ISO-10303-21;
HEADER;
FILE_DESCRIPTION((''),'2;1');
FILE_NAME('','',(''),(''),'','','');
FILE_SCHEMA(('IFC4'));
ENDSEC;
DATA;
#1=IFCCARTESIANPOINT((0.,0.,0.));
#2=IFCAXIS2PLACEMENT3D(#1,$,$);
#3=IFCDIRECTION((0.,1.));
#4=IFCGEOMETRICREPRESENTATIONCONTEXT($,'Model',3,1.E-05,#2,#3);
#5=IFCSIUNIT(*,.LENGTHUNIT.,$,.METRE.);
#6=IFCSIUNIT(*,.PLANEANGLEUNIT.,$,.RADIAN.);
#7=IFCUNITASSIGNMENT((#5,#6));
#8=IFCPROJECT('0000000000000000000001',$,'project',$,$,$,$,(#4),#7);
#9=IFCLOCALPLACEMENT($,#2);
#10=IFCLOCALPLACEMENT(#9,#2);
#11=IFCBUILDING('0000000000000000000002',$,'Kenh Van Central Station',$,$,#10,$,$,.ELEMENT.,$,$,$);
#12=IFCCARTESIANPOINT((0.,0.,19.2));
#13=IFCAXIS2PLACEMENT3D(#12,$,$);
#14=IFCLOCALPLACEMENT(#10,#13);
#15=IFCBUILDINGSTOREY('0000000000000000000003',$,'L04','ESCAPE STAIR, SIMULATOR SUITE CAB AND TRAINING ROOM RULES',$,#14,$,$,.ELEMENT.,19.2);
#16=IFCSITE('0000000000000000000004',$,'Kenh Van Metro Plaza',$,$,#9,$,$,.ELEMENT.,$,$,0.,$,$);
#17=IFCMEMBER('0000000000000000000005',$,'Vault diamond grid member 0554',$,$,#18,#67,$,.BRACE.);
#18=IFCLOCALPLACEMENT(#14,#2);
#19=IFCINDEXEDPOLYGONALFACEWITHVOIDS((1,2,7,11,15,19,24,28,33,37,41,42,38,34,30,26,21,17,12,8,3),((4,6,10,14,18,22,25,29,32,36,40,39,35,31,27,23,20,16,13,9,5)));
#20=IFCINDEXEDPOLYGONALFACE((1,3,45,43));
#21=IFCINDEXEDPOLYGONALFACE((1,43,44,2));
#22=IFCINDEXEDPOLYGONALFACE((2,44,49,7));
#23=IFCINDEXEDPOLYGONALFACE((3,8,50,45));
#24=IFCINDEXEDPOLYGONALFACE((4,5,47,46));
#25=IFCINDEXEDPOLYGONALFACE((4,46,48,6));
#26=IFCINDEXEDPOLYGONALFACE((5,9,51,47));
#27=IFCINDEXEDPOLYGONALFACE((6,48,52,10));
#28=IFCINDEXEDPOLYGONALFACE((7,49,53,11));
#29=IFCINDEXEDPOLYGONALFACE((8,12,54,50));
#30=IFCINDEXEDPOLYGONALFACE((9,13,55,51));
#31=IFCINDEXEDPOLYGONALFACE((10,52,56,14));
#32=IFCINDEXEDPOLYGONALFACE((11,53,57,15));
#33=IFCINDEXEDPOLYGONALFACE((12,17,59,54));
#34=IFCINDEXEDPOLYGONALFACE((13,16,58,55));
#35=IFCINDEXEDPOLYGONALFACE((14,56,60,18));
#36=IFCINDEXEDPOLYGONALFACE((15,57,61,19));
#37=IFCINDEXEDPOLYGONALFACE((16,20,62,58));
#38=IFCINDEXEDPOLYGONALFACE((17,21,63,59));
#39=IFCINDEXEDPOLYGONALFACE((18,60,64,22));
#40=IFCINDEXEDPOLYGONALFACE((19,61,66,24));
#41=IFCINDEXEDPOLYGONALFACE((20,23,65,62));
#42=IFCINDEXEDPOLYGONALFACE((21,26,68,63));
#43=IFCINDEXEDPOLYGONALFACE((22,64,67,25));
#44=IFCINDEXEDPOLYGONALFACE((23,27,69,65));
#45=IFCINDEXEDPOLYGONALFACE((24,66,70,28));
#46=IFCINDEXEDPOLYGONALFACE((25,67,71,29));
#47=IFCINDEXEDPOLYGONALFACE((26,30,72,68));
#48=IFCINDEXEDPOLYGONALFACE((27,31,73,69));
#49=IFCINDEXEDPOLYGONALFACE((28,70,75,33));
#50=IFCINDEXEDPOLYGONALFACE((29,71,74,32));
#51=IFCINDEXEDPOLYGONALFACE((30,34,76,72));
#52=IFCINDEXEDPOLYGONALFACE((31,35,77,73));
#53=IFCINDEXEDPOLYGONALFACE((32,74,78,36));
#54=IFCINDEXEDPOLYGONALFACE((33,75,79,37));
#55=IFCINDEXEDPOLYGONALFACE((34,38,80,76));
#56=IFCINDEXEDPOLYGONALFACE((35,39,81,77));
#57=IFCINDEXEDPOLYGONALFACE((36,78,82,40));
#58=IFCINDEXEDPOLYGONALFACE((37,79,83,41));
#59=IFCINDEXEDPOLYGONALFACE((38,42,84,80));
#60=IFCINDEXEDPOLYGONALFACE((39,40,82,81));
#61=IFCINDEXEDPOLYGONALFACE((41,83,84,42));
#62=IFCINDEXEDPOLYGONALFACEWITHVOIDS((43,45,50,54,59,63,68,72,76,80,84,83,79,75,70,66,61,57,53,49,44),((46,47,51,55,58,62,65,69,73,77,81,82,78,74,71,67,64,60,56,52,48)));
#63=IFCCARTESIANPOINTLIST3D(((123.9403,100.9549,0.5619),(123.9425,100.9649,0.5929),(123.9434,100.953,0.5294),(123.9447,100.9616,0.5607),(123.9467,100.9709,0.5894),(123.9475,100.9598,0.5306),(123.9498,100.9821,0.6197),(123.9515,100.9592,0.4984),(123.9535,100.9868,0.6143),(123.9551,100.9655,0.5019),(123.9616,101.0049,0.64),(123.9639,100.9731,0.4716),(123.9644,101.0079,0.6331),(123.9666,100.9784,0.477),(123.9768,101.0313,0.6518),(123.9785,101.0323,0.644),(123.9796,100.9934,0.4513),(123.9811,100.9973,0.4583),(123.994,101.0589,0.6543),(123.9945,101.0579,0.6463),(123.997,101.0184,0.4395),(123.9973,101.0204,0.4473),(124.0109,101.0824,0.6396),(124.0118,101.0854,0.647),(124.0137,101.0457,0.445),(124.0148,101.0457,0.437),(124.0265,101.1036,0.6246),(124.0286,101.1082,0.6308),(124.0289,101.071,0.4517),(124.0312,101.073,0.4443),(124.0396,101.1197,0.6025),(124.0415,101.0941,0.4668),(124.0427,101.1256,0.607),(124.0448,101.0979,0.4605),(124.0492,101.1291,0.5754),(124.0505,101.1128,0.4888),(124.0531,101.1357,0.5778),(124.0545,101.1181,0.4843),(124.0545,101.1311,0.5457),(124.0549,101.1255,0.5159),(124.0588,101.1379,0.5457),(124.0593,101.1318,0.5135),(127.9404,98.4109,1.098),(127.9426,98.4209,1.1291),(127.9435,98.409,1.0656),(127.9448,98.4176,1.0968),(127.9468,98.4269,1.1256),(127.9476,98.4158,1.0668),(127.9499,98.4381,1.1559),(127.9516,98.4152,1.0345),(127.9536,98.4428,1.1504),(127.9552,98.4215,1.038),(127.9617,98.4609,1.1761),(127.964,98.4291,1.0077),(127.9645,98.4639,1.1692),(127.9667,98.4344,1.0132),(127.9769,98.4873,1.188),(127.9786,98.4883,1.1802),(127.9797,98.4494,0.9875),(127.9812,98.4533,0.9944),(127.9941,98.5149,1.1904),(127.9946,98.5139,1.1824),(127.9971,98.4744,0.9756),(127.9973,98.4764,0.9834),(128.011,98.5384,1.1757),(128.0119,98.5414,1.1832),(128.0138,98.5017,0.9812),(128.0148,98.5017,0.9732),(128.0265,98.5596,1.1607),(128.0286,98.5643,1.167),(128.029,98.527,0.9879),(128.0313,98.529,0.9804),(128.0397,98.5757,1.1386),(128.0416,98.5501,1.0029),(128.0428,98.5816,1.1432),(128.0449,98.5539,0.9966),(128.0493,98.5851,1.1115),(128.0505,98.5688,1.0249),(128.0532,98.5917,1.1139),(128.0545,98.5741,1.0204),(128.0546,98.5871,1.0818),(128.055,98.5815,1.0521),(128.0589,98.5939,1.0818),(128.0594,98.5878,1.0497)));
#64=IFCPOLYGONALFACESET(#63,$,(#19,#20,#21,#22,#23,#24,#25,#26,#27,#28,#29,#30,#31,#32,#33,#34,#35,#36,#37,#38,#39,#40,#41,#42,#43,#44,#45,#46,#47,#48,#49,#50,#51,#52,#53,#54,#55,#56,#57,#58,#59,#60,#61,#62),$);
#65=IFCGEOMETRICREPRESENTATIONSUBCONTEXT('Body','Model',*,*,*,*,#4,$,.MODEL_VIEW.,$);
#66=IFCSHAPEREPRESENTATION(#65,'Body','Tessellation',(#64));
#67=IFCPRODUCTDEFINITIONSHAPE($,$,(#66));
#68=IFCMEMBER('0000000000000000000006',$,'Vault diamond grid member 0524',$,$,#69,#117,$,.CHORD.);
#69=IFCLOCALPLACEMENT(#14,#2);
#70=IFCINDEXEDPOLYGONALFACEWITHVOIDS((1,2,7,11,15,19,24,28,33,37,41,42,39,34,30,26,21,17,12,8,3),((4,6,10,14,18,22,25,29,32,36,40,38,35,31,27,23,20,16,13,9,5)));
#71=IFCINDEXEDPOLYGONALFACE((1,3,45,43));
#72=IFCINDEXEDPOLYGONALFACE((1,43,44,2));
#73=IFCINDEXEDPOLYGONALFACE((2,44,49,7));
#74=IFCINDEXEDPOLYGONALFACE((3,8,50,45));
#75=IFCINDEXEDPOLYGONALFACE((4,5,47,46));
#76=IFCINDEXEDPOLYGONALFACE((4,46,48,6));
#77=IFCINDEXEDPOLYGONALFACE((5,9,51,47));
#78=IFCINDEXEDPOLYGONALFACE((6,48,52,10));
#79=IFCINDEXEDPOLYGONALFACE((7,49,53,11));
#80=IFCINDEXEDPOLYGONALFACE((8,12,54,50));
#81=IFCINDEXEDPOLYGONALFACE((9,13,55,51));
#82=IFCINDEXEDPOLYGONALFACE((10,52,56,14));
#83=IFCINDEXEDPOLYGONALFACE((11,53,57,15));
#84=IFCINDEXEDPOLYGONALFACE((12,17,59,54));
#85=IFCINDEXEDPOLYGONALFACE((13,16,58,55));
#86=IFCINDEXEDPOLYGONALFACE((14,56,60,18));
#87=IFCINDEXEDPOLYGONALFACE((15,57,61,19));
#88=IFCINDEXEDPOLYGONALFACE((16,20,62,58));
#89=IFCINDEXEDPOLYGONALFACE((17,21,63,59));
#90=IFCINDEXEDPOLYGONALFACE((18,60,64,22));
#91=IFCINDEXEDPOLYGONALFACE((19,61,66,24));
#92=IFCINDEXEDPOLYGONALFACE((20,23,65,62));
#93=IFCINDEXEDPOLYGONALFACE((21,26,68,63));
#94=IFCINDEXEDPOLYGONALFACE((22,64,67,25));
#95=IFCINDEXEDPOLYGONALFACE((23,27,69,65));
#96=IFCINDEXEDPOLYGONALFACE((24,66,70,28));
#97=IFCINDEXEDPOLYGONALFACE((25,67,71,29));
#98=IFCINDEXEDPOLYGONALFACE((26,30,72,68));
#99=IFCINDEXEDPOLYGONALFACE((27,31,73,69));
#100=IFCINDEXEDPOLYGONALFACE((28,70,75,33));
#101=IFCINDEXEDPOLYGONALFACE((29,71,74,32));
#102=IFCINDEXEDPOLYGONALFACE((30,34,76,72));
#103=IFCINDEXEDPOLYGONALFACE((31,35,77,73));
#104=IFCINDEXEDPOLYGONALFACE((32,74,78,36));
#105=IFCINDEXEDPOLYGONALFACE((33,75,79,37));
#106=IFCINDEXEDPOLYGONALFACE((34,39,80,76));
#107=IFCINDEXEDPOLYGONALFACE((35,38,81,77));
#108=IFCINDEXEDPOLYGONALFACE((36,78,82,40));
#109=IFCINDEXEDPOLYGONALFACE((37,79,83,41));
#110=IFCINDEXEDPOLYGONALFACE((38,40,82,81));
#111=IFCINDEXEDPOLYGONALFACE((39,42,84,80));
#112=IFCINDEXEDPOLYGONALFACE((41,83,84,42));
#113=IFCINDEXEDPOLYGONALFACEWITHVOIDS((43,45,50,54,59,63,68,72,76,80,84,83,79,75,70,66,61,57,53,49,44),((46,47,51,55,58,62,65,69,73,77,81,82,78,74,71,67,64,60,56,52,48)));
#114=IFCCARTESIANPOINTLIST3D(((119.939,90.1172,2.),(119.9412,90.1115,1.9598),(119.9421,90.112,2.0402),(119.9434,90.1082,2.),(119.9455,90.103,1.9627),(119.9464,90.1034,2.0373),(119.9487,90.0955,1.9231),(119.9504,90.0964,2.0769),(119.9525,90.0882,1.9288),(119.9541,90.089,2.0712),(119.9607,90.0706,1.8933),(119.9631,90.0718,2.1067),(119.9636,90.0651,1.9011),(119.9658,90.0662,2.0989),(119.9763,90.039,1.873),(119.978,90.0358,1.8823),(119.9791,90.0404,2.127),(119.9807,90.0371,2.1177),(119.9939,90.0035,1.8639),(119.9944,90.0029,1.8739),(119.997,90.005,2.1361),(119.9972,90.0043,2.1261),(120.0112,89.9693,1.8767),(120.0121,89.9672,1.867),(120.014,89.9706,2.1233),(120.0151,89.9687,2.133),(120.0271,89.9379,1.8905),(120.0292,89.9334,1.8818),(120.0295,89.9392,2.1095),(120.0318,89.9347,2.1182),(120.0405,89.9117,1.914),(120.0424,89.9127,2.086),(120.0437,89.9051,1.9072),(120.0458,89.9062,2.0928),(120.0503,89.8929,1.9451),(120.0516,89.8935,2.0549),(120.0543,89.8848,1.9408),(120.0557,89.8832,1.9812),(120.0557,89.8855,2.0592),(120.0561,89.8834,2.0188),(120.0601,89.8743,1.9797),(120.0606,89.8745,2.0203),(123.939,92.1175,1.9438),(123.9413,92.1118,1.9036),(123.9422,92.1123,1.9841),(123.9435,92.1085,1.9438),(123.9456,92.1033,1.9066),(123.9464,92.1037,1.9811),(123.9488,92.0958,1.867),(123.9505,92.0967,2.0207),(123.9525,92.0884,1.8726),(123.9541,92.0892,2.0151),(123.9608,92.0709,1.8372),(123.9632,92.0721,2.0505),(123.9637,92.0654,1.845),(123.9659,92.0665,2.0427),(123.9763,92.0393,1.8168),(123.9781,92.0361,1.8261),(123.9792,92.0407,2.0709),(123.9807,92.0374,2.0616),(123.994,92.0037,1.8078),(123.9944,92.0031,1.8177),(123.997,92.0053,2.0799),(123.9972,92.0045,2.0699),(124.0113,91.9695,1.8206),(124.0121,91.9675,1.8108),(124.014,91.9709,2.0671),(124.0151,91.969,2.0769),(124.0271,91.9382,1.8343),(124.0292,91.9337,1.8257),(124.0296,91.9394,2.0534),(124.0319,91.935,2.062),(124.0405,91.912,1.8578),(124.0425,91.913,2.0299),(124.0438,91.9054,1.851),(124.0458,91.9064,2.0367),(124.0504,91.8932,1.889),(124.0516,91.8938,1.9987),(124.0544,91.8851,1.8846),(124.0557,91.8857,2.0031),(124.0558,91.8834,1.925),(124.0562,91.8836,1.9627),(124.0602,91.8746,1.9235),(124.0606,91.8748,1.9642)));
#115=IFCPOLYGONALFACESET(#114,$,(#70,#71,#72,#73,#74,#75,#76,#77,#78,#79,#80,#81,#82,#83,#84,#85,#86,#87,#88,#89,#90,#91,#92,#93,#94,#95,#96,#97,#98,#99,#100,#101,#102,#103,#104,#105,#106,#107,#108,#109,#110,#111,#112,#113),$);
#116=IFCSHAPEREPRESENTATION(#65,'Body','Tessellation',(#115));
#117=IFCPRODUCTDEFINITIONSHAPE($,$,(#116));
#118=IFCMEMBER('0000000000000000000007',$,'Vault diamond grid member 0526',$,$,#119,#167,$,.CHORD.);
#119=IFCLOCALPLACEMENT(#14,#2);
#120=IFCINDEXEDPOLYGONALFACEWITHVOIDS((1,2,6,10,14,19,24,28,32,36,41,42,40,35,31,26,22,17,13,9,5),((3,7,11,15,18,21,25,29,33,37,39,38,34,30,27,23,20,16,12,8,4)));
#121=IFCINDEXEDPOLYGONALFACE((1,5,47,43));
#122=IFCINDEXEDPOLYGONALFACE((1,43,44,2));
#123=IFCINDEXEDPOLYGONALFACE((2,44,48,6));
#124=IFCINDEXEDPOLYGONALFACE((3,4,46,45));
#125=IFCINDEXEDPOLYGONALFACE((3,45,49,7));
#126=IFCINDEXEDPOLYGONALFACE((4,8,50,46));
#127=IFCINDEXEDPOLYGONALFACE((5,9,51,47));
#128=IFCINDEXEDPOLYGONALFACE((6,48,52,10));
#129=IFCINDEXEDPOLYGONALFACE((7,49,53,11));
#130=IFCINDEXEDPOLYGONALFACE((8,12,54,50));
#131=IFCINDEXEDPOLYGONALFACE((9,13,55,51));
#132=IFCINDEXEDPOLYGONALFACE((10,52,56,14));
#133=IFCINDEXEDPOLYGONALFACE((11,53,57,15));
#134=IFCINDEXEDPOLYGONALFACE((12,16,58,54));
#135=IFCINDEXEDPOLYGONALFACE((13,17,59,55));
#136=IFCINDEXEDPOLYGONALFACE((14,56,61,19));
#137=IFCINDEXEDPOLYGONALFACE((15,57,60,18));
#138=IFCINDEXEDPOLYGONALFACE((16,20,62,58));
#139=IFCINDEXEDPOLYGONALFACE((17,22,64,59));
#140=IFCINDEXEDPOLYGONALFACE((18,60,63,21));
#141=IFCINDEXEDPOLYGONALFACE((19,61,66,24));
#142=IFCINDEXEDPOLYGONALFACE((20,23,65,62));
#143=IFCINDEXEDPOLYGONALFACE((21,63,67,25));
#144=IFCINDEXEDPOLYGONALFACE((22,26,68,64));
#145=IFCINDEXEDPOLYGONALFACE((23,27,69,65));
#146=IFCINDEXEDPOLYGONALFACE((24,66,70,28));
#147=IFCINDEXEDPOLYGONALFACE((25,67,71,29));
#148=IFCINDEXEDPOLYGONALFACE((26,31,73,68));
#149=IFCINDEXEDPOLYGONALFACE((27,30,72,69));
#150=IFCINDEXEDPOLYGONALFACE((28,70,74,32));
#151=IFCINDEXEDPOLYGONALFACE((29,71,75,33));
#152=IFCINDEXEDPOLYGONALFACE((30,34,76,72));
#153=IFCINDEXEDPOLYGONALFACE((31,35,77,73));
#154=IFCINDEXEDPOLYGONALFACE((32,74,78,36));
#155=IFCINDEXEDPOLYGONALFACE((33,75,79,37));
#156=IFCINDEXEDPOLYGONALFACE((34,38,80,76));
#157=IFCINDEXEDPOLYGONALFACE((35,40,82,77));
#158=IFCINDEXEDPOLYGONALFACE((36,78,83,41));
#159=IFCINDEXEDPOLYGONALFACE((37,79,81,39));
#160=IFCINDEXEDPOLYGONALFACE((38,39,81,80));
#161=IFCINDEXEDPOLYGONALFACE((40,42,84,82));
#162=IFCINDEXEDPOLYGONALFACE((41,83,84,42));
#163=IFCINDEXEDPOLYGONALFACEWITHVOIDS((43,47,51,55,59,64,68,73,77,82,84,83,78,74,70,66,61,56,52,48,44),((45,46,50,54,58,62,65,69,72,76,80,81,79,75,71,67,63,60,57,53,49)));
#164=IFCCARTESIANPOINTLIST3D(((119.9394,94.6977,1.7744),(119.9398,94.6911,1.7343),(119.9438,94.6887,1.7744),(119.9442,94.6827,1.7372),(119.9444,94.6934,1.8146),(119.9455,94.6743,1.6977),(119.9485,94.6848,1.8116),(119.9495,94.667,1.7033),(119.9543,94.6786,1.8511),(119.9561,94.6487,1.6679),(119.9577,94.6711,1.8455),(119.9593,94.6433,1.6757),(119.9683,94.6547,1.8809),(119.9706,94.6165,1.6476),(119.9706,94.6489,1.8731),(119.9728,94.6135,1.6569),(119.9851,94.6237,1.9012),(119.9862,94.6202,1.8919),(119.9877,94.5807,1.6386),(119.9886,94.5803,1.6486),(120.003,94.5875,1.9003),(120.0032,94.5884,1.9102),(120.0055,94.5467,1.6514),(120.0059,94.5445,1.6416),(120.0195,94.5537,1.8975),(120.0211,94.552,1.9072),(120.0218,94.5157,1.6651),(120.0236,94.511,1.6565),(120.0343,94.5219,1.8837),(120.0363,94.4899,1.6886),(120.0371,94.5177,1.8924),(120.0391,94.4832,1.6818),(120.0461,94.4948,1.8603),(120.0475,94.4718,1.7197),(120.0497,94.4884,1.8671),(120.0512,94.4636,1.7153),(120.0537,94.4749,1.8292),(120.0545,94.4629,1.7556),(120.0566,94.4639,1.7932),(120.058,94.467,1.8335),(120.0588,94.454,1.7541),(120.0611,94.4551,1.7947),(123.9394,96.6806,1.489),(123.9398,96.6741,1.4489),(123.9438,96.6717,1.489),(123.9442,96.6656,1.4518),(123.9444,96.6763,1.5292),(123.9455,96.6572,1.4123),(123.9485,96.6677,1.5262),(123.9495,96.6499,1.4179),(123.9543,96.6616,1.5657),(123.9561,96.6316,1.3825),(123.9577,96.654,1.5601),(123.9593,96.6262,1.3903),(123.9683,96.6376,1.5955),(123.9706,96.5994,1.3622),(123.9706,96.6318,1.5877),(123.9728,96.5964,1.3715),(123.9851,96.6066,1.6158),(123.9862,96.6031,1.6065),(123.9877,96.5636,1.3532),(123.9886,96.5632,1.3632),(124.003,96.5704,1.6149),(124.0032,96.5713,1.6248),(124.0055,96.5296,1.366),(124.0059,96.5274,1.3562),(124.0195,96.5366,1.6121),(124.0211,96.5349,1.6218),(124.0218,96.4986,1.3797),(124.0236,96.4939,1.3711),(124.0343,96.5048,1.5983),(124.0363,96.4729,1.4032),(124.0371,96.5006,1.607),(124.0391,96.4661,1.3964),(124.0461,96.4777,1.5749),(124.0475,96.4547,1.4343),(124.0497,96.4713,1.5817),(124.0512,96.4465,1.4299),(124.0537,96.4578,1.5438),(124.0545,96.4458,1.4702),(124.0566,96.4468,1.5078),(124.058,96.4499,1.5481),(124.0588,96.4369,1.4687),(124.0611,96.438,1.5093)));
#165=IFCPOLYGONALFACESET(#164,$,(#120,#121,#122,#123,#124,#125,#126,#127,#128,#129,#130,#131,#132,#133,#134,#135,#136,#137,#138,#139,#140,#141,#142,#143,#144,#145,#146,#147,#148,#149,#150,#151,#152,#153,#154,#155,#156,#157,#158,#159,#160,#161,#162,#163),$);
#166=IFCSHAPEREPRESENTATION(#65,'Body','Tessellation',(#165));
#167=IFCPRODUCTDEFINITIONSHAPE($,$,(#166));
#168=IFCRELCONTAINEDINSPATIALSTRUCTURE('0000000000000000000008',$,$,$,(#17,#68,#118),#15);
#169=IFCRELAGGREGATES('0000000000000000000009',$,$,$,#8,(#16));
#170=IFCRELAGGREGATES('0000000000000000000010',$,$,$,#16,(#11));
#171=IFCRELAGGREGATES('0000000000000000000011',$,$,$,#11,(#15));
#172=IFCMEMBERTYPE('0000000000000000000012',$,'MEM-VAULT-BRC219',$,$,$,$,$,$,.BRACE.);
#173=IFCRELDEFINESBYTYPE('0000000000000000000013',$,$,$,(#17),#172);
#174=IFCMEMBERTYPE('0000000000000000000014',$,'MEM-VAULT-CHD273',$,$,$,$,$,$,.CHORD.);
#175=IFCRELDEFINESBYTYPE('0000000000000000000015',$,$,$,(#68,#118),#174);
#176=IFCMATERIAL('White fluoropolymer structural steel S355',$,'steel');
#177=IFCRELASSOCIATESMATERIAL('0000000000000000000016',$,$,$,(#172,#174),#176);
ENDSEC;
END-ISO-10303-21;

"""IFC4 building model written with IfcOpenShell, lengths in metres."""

from ifc_helpers import new_model, si_unit, direction, frame, origin, origin_2d, place, context, subcontext, project, spatial, hollow_circle, extrude, material, material_profile, profile_set, type_object, element, save


model = new_model("IFC4")

# Units and contexts
model_context = context("Model", 3, precision=1e-05, world=origin(), true_north=direction((0.0, 1.0)))
body_context = subcontext(model_context, "Body", "Model", "MODEL_VIEW")
ifc_project = project(units=[si_unit("LENGTHUNIT", "METRE"), si_unit("PLANEANGLEUNIT", "RADIAN")], contexts=[model_context])

# Site, building, storey
site_placement = place(None, origin())
site = spatial("IfcSite", under=ifc_project, at=site_placement, Name="Kenh Van Metro Plaza", CompositionType="ELEMENT", RefElevation=0.0)
building_placement = place(site_placement, origin())
building = spatial("IfcBuilding", under=site, at=building_placement, Name="Kenh Van Central Station", CompositionType="ELEMENT")
storey_placement = place(building_placement, frame((0.0, 0.0, 19.2)))
storey = spatial("IfcBuildingStorey", under=building, at=storey_placement, Name="L04", Description="ESCAPE STAIR, SIMULATOR SUITE CAB AND TRAINING ROOM RULES", CompositionType="ELEMENT", Elevation=19.2)

# Shared definitions
ifc_material_1 = material(Name="White fluoropolymer structural steel S355", Category="steel")

# Members
ifc_material_profile_1 = material_profile(ifc_material_1, hollow_circle(Radius=0.1096, WallThickness=0.0081, at=origin_2d()), Name="CHS 219.1x8")
ifc_profile_set_1 = profile_set([ifc_material_profile_1], Name="White fluoropolymer structural steel S355")
member_type_1 = type_object("IfcMemberType", Name="MEM-VAULT-BRC219", PredefinedType="BRACE", material=ifc_profile_set_1)
member_1_placement = place(storey_placement, frame((124.0, 101.0454, 0.5457), z_axis=(0.83846, -0.533249, 0.112382), x_axis=(0.536649, 0.843806, 0.0)))
element("IfcMember", 1, at=member_1_placement, inside=storey, type_object=member_type_1, Name="Vault diamond grid member 0554", PredefinedType="BRACE", context=body_context, shape_type="SweptSolid", body=[
    extrude(hollow_circle(Radius=0.1096, WallThickness=0.0081, at=origin_2d()), origin(), (0.0, 0.0, 1.0), 4.7708),
])
ifc_material_profile_2 = material_profile(ifc_material_1, hollow_circle(Radius=0.1365, WallThickness=0.01, at=origin_2d()), Name="CHS 273x10")
ifc_profile_set_2 = profile_set([ifc_material_profile_2], Name="White fluoropolymer structural steel S355")
member_type_2 = type_object("IfcMemberType", Name="MEM-VAULT-CHD273", PredefinedType="CHORD", material=ifc_profile_set_2)
member_2_placement = place(storey_placement, frame((120.0, 89.9951, 2.0), z_axis=(0.894335, 0.447222, -0.012555), x_axis=(-0.447257, 0.894405, 0.0)))
element("IfcMember", 2, at=member_2_placement, inside=storey, type_object=member_type_2, Name="Vault diamond grid member 0524", PredefinedType="CHORD", context=body_context, shape_type="SweptSolid", body=[
    extrude(hollow_circle(Radius=0.1365, WallThickness=0.01, at=origin_2d()), origin(), (0.0, 0.0, 1.0), 4.4727),
])
member_3_placement = place(storey_placement, frame((120.0, 94.5754, 1.7744), z_axis=(0.894128, 0.443244, -0.063796), x_axis=(-0.444149, 0.895953, 0.0)))
element("IfcMember", 3, at=member_3_placement, inside=storey, type_object=member_type_2, Name="Vault diamond grid member 0526", PredefinedType="CHORD", context=body_context, shape_type="SweptSolid", body=[
    extrude(hollow_circle(Radius=0.1365, WallThickness=0.01, at=origin_2d()), origin(), (0.0, 0.0, 1.0), 4.4736),
])

save(model, "model.ifc")
